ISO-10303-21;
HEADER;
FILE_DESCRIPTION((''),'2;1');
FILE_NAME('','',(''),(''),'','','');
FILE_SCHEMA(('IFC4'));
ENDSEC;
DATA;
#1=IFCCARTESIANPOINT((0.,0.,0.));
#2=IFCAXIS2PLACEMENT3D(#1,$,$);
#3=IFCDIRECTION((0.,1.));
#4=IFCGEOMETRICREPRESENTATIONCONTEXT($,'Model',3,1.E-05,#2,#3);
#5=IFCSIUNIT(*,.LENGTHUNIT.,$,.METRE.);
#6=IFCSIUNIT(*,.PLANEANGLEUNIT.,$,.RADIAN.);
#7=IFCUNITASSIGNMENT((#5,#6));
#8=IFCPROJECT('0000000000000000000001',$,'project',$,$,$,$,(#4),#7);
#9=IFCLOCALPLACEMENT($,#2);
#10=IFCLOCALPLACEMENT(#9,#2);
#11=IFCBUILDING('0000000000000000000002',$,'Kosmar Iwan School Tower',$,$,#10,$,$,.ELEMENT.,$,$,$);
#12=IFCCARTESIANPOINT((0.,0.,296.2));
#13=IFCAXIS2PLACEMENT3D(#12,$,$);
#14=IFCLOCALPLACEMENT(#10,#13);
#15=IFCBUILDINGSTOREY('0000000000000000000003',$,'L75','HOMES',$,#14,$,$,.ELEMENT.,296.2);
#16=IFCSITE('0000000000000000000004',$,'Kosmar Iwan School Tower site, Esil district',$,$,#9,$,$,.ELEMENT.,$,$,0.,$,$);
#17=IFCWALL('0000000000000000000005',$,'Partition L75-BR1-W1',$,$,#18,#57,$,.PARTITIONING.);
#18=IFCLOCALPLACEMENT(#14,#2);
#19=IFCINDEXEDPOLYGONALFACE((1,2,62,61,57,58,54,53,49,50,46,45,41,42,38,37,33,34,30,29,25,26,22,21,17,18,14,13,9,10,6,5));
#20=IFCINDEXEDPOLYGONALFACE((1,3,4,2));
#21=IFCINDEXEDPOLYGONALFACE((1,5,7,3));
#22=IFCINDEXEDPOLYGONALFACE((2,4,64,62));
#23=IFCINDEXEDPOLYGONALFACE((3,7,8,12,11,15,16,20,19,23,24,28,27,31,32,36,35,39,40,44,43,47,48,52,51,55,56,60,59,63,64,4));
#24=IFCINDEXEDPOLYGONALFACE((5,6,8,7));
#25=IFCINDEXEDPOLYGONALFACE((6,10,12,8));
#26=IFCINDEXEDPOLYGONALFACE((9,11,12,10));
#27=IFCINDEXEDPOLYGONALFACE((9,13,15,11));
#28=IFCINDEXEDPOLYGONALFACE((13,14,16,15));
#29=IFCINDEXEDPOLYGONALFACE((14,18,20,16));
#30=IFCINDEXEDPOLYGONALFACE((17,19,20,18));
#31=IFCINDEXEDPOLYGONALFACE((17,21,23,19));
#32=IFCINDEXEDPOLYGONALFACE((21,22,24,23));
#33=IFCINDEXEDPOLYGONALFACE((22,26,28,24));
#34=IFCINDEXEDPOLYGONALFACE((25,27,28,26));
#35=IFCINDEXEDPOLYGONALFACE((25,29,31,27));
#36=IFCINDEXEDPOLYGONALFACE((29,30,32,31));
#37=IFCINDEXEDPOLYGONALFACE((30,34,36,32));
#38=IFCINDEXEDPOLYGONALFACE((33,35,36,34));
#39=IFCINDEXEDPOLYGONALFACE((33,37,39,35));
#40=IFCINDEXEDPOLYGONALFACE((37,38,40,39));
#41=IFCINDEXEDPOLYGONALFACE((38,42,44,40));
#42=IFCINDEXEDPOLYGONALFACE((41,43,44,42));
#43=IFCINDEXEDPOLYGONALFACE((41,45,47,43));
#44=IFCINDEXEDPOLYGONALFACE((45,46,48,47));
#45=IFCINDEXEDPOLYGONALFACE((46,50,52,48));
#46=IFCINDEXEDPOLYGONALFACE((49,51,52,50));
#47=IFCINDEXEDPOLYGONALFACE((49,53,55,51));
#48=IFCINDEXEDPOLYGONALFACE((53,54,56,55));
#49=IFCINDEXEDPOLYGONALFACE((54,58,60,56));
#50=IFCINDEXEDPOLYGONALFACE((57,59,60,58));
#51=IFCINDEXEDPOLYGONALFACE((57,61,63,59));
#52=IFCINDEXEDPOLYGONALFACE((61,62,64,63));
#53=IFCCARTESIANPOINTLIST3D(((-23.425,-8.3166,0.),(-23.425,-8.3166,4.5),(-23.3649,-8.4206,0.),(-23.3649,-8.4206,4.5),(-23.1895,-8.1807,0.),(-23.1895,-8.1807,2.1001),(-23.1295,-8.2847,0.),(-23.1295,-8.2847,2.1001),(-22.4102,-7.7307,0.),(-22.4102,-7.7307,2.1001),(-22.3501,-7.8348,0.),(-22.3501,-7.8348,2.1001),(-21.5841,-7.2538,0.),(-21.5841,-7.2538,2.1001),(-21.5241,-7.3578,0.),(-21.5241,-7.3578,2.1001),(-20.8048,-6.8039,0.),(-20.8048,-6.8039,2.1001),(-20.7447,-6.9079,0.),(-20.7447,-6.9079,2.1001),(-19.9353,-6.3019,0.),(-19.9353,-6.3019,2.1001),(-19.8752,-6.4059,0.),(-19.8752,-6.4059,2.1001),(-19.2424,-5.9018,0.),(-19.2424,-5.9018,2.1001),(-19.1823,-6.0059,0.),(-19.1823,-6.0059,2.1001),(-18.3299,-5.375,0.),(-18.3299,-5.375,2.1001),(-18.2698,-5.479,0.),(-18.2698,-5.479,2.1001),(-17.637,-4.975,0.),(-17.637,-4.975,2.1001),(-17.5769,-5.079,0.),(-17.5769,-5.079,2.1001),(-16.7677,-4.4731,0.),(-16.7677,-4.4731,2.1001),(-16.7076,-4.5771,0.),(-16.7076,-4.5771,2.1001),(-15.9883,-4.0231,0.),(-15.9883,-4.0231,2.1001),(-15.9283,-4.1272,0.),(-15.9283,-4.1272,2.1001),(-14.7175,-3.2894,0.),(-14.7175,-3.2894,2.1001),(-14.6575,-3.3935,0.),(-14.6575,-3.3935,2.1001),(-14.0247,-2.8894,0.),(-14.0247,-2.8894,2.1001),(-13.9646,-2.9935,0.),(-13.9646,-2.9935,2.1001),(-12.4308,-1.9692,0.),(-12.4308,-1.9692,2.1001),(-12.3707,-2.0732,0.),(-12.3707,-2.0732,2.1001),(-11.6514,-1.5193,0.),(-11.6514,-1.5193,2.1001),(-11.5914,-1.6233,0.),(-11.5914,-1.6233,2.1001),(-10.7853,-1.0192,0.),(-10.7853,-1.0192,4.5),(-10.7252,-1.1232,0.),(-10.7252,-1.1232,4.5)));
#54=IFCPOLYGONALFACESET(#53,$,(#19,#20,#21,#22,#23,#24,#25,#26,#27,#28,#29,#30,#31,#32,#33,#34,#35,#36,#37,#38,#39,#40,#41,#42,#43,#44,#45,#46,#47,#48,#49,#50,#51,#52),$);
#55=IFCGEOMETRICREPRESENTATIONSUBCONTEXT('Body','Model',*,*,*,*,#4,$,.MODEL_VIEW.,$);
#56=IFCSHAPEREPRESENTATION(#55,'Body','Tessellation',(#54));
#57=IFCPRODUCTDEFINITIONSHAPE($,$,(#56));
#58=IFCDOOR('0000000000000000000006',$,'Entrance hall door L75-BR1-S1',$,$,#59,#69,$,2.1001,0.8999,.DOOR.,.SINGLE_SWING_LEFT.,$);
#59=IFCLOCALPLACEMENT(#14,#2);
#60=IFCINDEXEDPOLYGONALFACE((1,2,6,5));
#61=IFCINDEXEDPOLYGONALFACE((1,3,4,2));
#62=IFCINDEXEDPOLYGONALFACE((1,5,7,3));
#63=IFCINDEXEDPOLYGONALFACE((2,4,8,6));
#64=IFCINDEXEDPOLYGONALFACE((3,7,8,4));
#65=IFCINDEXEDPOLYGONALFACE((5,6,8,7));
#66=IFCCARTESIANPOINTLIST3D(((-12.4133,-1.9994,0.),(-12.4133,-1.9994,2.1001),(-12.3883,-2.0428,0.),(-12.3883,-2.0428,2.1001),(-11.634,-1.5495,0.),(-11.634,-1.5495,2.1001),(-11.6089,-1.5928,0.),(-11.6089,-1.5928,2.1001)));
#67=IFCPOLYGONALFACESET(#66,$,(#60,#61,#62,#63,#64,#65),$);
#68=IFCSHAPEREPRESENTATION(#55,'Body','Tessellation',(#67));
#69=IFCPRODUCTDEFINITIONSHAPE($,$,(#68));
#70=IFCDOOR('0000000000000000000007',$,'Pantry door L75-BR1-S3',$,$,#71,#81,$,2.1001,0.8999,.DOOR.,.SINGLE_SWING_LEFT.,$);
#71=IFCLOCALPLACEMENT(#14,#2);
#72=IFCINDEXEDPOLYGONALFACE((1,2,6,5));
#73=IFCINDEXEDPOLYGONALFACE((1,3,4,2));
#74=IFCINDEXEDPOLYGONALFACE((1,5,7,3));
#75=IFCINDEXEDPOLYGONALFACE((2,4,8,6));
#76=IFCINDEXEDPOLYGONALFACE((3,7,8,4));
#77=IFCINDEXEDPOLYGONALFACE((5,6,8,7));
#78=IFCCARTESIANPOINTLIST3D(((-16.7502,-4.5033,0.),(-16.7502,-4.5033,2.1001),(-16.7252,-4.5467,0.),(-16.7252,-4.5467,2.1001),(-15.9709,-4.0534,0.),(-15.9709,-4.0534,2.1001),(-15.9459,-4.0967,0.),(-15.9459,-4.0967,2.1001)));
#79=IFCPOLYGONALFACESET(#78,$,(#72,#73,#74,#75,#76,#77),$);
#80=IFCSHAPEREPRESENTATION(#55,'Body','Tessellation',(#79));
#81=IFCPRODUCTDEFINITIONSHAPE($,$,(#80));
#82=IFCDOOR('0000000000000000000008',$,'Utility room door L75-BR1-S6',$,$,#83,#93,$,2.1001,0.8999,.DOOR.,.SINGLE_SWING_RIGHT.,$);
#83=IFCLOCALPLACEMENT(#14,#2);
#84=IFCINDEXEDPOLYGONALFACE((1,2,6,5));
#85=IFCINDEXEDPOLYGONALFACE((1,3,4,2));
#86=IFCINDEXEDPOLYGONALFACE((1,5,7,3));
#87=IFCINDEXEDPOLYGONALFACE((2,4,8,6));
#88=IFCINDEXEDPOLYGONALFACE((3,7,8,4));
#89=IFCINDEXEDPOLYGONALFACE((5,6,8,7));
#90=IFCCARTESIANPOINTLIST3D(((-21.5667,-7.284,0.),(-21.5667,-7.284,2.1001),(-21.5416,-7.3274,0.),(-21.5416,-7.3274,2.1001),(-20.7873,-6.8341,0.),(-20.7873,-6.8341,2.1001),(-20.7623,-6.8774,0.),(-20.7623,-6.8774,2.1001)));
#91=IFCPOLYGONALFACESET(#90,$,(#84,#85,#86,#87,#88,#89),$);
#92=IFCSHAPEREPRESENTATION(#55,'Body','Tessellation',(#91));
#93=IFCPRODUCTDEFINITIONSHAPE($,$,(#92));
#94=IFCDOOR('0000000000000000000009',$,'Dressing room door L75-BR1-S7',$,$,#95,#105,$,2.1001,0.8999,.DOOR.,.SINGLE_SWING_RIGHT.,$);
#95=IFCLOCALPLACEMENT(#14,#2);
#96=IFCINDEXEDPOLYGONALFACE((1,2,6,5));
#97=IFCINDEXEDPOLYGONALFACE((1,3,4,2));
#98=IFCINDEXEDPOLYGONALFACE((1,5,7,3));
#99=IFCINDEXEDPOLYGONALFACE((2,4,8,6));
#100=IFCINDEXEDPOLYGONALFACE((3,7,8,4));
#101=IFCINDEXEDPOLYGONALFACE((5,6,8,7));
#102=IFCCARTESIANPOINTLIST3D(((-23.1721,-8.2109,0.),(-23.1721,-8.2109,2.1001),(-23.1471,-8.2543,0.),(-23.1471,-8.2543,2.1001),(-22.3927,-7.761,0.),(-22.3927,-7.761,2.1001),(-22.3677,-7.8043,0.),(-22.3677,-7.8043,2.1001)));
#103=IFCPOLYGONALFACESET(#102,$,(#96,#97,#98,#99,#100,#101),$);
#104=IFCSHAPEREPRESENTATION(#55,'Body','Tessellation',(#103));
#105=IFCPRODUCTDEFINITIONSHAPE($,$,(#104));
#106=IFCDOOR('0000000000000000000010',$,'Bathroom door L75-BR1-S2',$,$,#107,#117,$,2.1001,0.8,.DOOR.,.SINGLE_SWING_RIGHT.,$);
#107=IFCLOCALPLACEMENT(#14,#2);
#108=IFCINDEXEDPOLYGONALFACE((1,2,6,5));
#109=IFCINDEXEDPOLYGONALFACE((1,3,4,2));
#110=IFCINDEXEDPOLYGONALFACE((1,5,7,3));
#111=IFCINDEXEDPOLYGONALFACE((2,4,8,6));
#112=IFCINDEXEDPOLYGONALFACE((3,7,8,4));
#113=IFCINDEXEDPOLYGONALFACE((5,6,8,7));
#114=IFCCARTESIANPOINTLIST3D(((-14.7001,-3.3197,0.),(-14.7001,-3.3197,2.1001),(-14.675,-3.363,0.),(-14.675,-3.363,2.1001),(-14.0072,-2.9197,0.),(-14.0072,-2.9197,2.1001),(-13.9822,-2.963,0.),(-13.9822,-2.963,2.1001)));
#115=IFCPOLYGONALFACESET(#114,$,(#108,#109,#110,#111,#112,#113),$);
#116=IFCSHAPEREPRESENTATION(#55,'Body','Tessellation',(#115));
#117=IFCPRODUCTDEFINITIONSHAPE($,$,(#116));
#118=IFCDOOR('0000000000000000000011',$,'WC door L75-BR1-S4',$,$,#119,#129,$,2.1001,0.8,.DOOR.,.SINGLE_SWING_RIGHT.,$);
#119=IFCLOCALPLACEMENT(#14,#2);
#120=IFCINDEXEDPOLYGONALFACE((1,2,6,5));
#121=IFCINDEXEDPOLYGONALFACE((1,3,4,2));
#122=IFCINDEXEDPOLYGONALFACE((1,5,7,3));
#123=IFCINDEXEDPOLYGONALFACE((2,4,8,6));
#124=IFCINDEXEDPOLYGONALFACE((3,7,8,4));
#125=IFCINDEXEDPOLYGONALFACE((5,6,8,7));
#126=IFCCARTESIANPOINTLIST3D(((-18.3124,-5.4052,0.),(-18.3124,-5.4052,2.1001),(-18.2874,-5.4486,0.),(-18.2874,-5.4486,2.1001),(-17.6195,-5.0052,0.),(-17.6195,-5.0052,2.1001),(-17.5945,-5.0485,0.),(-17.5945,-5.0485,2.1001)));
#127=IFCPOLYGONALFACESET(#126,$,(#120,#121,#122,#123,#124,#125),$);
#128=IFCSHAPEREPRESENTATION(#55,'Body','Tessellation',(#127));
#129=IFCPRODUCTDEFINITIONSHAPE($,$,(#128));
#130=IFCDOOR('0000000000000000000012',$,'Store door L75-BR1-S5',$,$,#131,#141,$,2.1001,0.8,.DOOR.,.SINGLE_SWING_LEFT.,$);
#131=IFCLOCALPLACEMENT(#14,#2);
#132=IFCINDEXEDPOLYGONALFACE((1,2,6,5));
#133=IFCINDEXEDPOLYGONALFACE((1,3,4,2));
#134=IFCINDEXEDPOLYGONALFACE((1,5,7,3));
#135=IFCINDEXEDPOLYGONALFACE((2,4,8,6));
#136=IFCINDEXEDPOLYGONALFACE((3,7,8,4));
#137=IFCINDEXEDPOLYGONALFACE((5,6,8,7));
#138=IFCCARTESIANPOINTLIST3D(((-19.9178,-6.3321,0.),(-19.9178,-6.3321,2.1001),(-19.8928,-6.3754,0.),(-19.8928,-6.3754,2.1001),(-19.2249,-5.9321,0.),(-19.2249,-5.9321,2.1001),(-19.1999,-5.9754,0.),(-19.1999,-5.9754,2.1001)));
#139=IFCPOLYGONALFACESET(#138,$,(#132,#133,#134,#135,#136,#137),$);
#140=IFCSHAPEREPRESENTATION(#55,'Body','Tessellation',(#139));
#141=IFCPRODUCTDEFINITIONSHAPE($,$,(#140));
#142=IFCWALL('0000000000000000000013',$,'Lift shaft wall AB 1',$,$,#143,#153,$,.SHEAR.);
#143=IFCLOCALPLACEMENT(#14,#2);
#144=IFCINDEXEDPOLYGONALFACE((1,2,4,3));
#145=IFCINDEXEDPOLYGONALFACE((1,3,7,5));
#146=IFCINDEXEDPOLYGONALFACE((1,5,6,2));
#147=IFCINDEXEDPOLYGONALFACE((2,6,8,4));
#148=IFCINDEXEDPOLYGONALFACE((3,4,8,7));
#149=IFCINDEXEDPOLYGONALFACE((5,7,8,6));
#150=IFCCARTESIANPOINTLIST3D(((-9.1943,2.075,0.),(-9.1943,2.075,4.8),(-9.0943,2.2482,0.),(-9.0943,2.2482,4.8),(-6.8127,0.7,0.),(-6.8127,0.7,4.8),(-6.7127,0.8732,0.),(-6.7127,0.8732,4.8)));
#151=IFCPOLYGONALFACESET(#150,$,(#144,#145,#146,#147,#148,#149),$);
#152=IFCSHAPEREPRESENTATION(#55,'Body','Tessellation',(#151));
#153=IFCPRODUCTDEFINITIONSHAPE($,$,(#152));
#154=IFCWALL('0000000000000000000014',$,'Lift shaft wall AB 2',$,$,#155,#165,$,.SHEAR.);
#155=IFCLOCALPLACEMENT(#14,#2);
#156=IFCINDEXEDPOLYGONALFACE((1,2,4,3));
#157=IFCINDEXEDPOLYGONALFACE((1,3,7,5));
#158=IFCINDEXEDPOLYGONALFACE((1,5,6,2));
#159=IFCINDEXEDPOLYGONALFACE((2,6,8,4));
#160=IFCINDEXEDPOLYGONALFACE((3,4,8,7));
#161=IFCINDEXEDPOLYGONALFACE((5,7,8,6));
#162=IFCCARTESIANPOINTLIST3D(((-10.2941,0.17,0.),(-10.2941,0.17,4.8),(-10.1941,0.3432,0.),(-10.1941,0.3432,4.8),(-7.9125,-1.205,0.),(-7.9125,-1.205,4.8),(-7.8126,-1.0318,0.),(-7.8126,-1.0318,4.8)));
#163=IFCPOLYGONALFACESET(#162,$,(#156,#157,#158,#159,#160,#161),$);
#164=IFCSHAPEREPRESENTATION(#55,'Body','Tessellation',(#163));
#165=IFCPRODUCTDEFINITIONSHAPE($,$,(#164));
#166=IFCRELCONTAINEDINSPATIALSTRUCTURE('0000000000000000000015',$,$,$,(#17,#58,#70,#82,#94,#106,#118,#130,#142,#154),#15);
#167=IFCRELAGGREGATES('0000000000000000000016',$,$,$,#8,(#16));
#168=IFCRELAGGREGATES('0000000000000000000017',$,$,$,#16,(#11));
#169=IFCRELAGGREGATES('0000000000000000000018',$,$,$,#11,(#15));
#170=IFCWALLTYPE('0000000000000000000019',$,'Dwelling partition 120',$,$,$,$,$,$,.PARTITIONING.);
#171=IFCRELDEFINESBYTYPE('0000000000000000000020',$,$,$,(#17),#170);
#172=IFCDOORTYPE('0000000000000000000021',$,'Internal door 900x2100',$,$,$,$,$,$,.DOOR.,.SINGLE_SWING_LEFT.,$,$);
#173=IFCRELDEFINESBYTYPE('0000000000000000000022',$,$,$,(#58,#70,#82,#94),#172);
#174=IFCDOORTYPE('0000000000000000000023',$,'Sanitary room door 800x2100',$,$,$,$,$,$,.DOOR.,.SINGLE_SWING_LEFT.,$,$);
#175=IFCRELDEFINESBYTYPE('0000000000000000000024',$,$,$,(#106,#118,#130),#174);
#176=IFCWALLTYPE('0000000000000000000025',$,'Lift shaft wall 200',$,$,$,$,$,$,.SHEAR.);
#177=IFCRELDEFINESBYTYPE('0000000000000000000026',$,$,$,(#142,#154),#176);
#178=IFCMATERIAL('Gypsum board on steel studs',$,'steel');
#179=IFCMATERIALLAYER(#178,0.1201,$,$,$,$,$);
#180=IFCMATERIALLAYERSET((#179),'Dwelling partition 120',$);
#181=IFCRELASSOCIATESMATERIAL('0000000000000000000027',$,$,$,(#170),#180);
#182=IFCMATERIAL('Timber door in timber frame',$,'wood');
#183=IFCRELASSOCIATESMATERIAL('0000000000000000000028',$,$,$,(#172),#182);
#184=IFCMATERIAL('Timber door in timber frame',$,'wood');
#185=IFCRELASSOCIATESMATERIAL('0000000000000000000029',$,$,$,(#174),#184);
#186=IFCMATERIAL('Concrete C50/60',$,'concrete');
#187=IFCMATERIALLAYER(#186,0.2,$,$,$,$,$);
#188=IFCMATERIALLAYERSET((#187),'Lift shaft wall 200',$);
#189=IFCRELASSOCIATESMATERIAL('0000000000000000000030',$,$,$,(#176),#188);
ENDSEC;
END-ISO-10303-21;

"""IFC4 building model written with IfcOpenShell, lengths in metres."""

from ifc_helpers import new_model, si_unit, direction, frame, frame_2d, origin, place, context, subcontext, project, spatial, rectangle, extrude, material, layer, layer_set, type_object, element, fill, save


model = new_model("IFC4")

# Units and contexts
model_context = context("Model", 3, precision=1e-05, world=origin(), true_north=direction((0.0, 1.0)))
body_context = subcontext(model_context, "Body", "Model", "MODEL_VIEW")
ifc_project = project(units=[si_unit("LENGTHUNIT", "METRE"), si_unit("PLANEANGLEUNIT", "RADIAN")], contexts=[model_context])

# Site, building, storey
site_placement = place(None, origin())
site = spatial("IfcSite", under=ifc_project, at=site_placement, Name="Kosmar Iwan School Tower site, Esil district", CompositionType="ELEMENT", RefElevation=0.0)
building_placement = place(site_placement, origin())
building = spatial("IfcBuilding", under=site, at=building_placement, Name="Kosmar Iwan School Tower", CompositionType="ELEMENT")
storey_placement = place(building_placement, frame((0.0, 0.0, 296.2)))
storey = spatial("IfcBuildingStorey", under=building, at=storey_placement, Name="L75", Description="HOMES", CompositionType="ELEMENT", Elevation=296.2)

# Wall, openings, doors
ifc_material_1 = material(Name="Gypsum board on steel studs", Category="steel")
ifc_layer_1 = layer(ifc_material_1, 0.1201)
ifc_layer_set_1 = layer_set([ifc_layer_1], Name="Dwelling partition 120")
wall_type_1 = type_object("IfcWallType", Name="Dwelling partition 120", PredefinedType="PARTITIONING", material=ifc_layer_set_1)
wall_1_placement = place(storey_placement, frame((-10.7554, -1.0713, 0.0), z_axis=(0.0, 0.0, 1.0), x_axis=(-0.86603, -0.499993, 0.0)))
wall_1 = element("IfcWall", 1, at=wall_1_placement, inside=storey, type_object=wall_type_1, Name="Partition L75-BR1-W1", PredefinedType="PARTITIONING", context=body_context, shape_type="SweptSolid", body=[
    extrude(rectangle(XDim=14.595, YDim=0.1201, at=frame_2d((7.2974, 0.0))), origin(), (0.0, 0.0, 1.0), 4.5),
])
opening_1_placement = place(wall_1_placement, frame((1.0, 0.0, 0.0)))
opening_1 = element("IfcOpeningElement", 2, at=opening_1_placement, cuts=wall_1, PredefinedType="OPENING", context=body_context, shape_type="SweptSolid", body=[
    extrude(rectangle(XDim=0.8999, YDim=2.1001, at=frame_2d((0.45, 1.05))), frame((0.0, 0.072, 0.0), z_axis=(0.0, -1.0, 0.0), x_axis=(1.0, 0.0, 0.0)), (0.0, 0.0, 1.0), 0.144),
])
opening_2_placement = place(wall_1_placement, frame((3.7405, 0.0, 0.0)))
opening_2 = element("IfcOpeningElement", 3, at=opening_2_placement, cuts=wall_1, PredefinedType="OPENING", context=body_context, shape_type="SweptSolid", body=[
    extrude(rectangle(XDim=0.8, YDim=2.1001, at=frame_2d((0.3999, 1.05))), frame((0.0, 0.072, 0.0), z_axis=(0.0, -1.0, 0.0), x_axis=(1.0, 0.0, 0.0)), (0.0, 0.0, 1.0), 0.144),
])
opening_3_placement = place(wall_1_placement, frame((6.0078, 0.0, 0.0)))
opening_3 = element("IfcOpeningElement", 4, at=opening_3_placement, cuts=wall_1, PredefinedType="OPENING", context=body_context, shape_type="SweptSolid", body=[
    extrude(rectangle(XDim=0.8999, YDim=2.1001, at=frame_2d((0.45, 1.05))), frame((0.0, 0.072, 0.0), z_axis=(0.0, -1.0, 0.0), x_axis=(1.0, 0.0, 0.0)), (0.0, 0.0, 1.0), 0.144),
])
opening_4_placement = place(wall_1_placement, frame((7.9116, 0.0, 0.0)))
opening_4 = element("IfcOpeningElement", 5, at=opening_4_placement, cuts=wall_1, PredefinedType="OPENING", context=body_context, shape_type="SweptSolid", body=[
    extrude(rectangle(XDim=0.8, YDim=2.1001, at=frame_2d((0.3999, 1.05))), frame((0.0, 0.072, 0.0), z_axis=(0.0, -1.0, 0.0), x_axis=(1.0, 0.0, 0.0)), (0.0, 0.0, 1.0), 0.144),
])
opening_5_placement = place(wall_1_placement, frame((9.7654, 0.0, 0.0)))
opening_5 = element("IfcOpeningElement", 6, at=opening_5_placement, cuts=wall_1, PredefinedType="OPENING", context=body_context, shape_type="SweptSolid", body=[
    extrude(rectangle(XDim=0.8, YDim=2.1001, at=frame_2d((0.3999, 1.05))), frame((0.0, 0.072, 0.0), z_axis=(0.0, -1.0, 0.0), x_axis=(1.0, 0.0, 0.0)), (0.0, 0.0, 1.0), 0.144),
])
opening_6_placement = place(wall_1_placement, frame((11.5693, 0.0, 0.0)))
opening_6 = element("IfcOpeningElement", 7, at=opening_6_placement, cuts=wall_1, PredefinedType="OPENING", context=body_context, shape_type="SweptSolid", body=[
    extrude(rectangle(XDim=0.8999, YDim=2.1001, at=frame_2d((0.45, 1.05))), frame((0.0, 0.072, 0.0), z_axis=(0.0, -1.0, 0.0), x_axis=(1.0, 0.0, 0.0)), (0.0, 0.0, 1.0), 0.144),
])
opening_7_placement = place(wall_1_placement, frame((13.4231, 0.0, 0.0)))
opening_7 = element("IfcOpeningElement", 8, at=opening_7_placement, cuts=wall_1, PredefinedType="OPENING", context=body_context, shape_type="SweptSolid", body=[
    extrude(rectangle(XDim=0.8999, YDim=2.1001, at=frame_2d((0.45, 1.05))), frame((0.0, 0.072, 0.0), z_axis=(0.0, -1.0, 0.0), x_axis=(1.0, 0.0, 0.0)), (0.0, 0.0, 1.0), 0.144),
])
ifc_material_2 = material(Name="Timber door in timber frame", Category="wood")
door_type_1 = type_object("IfcDoorType", Name="Internal door 900x2100", OperationType="SINGLE_SWING_LEFT", PredefinedType="DOOR", material=ifc_material_2)
door_1_placement = place(opening_1_placement, origin())
door_1 = element("IfcDoor", 9, at=door_1_placement, inside=storey, type_object=door_type_1, Name="Entrance hall door L75-BR1-S1", OperationType="SINGLE_SWING_LEFT", OverallHeight=2.1001, OverallWidth=0.8999, PredefinedType="DOOR", context=body_context, shape_type="SweptSolid", body=[
    extrude(rectangle(XDim=0.8999, YDim=2.1001, at=frame_2d((0.45, 1.05))), frame((0.0, 0.0249, 0.0), z_axis=(0.0, -1.0, 0.0), x_axis=(1.0, 0.0, 0.0)), (0.0, 0.0, 1.0), 0.05),
])
fill(opening_1, door_1)
door_2_placement = place(opening_3_placement, origin())
door_2 = element("IfcDoor", 10, at=door_2_placement, inside=storey, type_object=door_type_1, Name="Pantry door L75-BR1-S3", OperationType="SINGLE_SWING_LEFT", OverallHeight=2.1001, OverallWidth=0.8999, PredefinedType="DOOR", context=body_context, shape_type="SweptSolid", body=[
    extrude(rectangle(XDim=0.8999, YDim=2.1001, at=frame_2d((0.45, 1.05))), frame((0.0, 0.0249, 0.0), z_axis=(0.0, -1.0, 0.0), x_axis=(1.0, 0.0, 0.0)), (0.0, 0.0, 1.0), 0.05),
])
fill(opening_3, door_2)
door_3_placement = place(opening_6_placement, origin())
door_3 = element("IfcDoor", 11, at=door_3_placement, inside=storey, type_object=door_type_1, Name="Utility room door L75-BR1-S6", OperationType="SINGLE_SWING_RIGHT", OverallHeight=2.1001, OverallWidth=0.8999, PredefinedType="DOOR", context=body_context, shape_type="SweptSolid", body=[
    extrude(rectangle(XDim=0.8999, YDim=2.1001, at=frame_2d((0.45, 1.05))), frame((0.0, 0.0249, 0.0), z_axis=(0.0, -1.0, 0.0), x_axis=(1.0, 0.0, 0.0)), (0.0, 0.0, 1.0), 0.05),
])
fill(opening_6, door_3)
door_4_placement = place(opening_7_placement, origin())
door_4 = element("IfcDoor", 12, at=door_4_placement, inside=storey, type_object=door_type_1, Name="Dressing room door L75-BR1-S7", OperationType="SINGLE_SWING_RIGHT", OverallHeight=2.1001, OverallWidth=0.8999, PredefinedType="DOOR", context=body_context, shape_type="SweptSolid", body=[
    extrude(rectangle(XDim=0.8999, YDim=2.1001, at=frame_2d((0.45, 1.05))), frame((0.0, 0.0249, 0.0), z_axis=(0.0, -1.0, 0.0), x_axis=(1.0, 0.0, 0.0)), (0.0, 0.0, 1.0), 0.05),
])
fill(opening_7, door_4)
ifc_material_3 = material(Name="Timber door in timber frame", Category="wood")
door_type_2 = type_object("IfcDoorType", Name="Sanitary room door 800x2100", OperationType="SINGLE_SWING_LEFT", PredefinedType="DOOR", material=ifc_material_3)
door_5_placement = place(opening_2_placement, origin())
door_5 = element("IfcDoor", 13, at=door_5_placement, inside=storey, type_object=door_type_2, Name="Bathroom door L75-BR1-S2", OperationType="SINGLE_SWING_RIGHT", OverallHeight=2.1001, OverallWidth=0.8, PredefinedType="DOOR", context=body_context, shape_type="SweptSolid", body=[
    extrude(rectangle(XDim=0.8, YDim=2.1001, at=frame_2d((0.3999, 1.05))), frame((0.0, 0.0249, 0.0), z_axis=(0.0, -1.0, 0.0), x_axis=(1.0, 0.0, 0.0)), (0.0, 0.0, 1.0), 0.05),
])
fill(opening_2, door_5)
door_6_placement = place(opening_4_placement, origin())
door_6 = element("IfcDoor", 14, at=door_6_placement, inside=storey, type_object=door_type_2, Name="WC door L75-BR1-S4", OperationType="SINGLE_SWING_RIGHT", OverallHeight=2.1001, OverallWidth=0.8, PredefinedType="DOOR", context=body_context, shape_type="SweptSolid", body=[
    extrude(rectangle(XDim=0.8, YDim=2.1001, at=frame_2d((0.3999, 1.05))), frame((0.0, 0.0249, 0.0), z_axis=(0.0, -1.0, 0.0), x_axis=(1.0, 0.0, 0.0)), (0.0, 0.0, 1.0), 0.05),
])
fill(opening_4, door_6)
door_7_placement = place(opening_5_placement, origin())
door_7 = element("IfcDoor", 15, at=door_7_placement, inside=storey, type_object=door_type_2, Name="Store door L75-BR1-S5", OperationType="SINGLE_SWING_LEFT", OverallHeight=2.1001, OverallWidth=0.8, PredefinedType="DOOR", context=body_context, shape_type="SweptSolid", body=[
    extrude(rectangle(XDim=0.8, YDim=2.1001, at=frame_2d((0.3999, 1.05))), frame((0.0, 0.0249, 0.0), z_axis=(0.0, -1.0, 0.0), x_axis=(1.0, 0.0, 0.0)), (0.0, 0.0, 1.0), 0.05),
])
fill(opening_5, door_7)

# Walls
ifc_material_4 = material(Name="Concrete C50/60", Category="concrete")
ifc_layer_2 = layer(ifc_material_4, 0.2)
ifc_layer_set_2 = layer_set([ifc_layer_2], Name="Lift shaft wall 200")
wall_type_2 = type_object("IfcWallType", Name="Lift shaft wall 200", PredefinedType="SHEAR", material=ifc_layer_set_2)
for number, where, z_axis, x_axis, name in (
    (16, (-6.7627, 0.7866, 0.0), (0.0, 0.0, 1.0), (-0.866027, 0.499997, 0.0), "Lift shaft wall AB 1"),
    (17, (-7.8625, -1.1184, 0.0), (0.0, 0.0, 1.0), (-0.866027, 0.499997, 0.0), "Lift shaft wall AB 2"),
):
    element("IfcWall", number, at=place(storey_placement, frame(where, z_axis=z_axis, x_axis=x_axis)), inside=storey, type_object=wall_type_2, Name=name, PredefinedType="SHEAR", context=body_context, shape_type="SweptSolid", body=[
        extrude(rectangle(XDim=2.75, YDim=0.2, at=frame_2d((1.375, 0.0))), origin(), (0.0, 0.0, 1.0), 4.8),
    ])

save(model, "model.ifc")
